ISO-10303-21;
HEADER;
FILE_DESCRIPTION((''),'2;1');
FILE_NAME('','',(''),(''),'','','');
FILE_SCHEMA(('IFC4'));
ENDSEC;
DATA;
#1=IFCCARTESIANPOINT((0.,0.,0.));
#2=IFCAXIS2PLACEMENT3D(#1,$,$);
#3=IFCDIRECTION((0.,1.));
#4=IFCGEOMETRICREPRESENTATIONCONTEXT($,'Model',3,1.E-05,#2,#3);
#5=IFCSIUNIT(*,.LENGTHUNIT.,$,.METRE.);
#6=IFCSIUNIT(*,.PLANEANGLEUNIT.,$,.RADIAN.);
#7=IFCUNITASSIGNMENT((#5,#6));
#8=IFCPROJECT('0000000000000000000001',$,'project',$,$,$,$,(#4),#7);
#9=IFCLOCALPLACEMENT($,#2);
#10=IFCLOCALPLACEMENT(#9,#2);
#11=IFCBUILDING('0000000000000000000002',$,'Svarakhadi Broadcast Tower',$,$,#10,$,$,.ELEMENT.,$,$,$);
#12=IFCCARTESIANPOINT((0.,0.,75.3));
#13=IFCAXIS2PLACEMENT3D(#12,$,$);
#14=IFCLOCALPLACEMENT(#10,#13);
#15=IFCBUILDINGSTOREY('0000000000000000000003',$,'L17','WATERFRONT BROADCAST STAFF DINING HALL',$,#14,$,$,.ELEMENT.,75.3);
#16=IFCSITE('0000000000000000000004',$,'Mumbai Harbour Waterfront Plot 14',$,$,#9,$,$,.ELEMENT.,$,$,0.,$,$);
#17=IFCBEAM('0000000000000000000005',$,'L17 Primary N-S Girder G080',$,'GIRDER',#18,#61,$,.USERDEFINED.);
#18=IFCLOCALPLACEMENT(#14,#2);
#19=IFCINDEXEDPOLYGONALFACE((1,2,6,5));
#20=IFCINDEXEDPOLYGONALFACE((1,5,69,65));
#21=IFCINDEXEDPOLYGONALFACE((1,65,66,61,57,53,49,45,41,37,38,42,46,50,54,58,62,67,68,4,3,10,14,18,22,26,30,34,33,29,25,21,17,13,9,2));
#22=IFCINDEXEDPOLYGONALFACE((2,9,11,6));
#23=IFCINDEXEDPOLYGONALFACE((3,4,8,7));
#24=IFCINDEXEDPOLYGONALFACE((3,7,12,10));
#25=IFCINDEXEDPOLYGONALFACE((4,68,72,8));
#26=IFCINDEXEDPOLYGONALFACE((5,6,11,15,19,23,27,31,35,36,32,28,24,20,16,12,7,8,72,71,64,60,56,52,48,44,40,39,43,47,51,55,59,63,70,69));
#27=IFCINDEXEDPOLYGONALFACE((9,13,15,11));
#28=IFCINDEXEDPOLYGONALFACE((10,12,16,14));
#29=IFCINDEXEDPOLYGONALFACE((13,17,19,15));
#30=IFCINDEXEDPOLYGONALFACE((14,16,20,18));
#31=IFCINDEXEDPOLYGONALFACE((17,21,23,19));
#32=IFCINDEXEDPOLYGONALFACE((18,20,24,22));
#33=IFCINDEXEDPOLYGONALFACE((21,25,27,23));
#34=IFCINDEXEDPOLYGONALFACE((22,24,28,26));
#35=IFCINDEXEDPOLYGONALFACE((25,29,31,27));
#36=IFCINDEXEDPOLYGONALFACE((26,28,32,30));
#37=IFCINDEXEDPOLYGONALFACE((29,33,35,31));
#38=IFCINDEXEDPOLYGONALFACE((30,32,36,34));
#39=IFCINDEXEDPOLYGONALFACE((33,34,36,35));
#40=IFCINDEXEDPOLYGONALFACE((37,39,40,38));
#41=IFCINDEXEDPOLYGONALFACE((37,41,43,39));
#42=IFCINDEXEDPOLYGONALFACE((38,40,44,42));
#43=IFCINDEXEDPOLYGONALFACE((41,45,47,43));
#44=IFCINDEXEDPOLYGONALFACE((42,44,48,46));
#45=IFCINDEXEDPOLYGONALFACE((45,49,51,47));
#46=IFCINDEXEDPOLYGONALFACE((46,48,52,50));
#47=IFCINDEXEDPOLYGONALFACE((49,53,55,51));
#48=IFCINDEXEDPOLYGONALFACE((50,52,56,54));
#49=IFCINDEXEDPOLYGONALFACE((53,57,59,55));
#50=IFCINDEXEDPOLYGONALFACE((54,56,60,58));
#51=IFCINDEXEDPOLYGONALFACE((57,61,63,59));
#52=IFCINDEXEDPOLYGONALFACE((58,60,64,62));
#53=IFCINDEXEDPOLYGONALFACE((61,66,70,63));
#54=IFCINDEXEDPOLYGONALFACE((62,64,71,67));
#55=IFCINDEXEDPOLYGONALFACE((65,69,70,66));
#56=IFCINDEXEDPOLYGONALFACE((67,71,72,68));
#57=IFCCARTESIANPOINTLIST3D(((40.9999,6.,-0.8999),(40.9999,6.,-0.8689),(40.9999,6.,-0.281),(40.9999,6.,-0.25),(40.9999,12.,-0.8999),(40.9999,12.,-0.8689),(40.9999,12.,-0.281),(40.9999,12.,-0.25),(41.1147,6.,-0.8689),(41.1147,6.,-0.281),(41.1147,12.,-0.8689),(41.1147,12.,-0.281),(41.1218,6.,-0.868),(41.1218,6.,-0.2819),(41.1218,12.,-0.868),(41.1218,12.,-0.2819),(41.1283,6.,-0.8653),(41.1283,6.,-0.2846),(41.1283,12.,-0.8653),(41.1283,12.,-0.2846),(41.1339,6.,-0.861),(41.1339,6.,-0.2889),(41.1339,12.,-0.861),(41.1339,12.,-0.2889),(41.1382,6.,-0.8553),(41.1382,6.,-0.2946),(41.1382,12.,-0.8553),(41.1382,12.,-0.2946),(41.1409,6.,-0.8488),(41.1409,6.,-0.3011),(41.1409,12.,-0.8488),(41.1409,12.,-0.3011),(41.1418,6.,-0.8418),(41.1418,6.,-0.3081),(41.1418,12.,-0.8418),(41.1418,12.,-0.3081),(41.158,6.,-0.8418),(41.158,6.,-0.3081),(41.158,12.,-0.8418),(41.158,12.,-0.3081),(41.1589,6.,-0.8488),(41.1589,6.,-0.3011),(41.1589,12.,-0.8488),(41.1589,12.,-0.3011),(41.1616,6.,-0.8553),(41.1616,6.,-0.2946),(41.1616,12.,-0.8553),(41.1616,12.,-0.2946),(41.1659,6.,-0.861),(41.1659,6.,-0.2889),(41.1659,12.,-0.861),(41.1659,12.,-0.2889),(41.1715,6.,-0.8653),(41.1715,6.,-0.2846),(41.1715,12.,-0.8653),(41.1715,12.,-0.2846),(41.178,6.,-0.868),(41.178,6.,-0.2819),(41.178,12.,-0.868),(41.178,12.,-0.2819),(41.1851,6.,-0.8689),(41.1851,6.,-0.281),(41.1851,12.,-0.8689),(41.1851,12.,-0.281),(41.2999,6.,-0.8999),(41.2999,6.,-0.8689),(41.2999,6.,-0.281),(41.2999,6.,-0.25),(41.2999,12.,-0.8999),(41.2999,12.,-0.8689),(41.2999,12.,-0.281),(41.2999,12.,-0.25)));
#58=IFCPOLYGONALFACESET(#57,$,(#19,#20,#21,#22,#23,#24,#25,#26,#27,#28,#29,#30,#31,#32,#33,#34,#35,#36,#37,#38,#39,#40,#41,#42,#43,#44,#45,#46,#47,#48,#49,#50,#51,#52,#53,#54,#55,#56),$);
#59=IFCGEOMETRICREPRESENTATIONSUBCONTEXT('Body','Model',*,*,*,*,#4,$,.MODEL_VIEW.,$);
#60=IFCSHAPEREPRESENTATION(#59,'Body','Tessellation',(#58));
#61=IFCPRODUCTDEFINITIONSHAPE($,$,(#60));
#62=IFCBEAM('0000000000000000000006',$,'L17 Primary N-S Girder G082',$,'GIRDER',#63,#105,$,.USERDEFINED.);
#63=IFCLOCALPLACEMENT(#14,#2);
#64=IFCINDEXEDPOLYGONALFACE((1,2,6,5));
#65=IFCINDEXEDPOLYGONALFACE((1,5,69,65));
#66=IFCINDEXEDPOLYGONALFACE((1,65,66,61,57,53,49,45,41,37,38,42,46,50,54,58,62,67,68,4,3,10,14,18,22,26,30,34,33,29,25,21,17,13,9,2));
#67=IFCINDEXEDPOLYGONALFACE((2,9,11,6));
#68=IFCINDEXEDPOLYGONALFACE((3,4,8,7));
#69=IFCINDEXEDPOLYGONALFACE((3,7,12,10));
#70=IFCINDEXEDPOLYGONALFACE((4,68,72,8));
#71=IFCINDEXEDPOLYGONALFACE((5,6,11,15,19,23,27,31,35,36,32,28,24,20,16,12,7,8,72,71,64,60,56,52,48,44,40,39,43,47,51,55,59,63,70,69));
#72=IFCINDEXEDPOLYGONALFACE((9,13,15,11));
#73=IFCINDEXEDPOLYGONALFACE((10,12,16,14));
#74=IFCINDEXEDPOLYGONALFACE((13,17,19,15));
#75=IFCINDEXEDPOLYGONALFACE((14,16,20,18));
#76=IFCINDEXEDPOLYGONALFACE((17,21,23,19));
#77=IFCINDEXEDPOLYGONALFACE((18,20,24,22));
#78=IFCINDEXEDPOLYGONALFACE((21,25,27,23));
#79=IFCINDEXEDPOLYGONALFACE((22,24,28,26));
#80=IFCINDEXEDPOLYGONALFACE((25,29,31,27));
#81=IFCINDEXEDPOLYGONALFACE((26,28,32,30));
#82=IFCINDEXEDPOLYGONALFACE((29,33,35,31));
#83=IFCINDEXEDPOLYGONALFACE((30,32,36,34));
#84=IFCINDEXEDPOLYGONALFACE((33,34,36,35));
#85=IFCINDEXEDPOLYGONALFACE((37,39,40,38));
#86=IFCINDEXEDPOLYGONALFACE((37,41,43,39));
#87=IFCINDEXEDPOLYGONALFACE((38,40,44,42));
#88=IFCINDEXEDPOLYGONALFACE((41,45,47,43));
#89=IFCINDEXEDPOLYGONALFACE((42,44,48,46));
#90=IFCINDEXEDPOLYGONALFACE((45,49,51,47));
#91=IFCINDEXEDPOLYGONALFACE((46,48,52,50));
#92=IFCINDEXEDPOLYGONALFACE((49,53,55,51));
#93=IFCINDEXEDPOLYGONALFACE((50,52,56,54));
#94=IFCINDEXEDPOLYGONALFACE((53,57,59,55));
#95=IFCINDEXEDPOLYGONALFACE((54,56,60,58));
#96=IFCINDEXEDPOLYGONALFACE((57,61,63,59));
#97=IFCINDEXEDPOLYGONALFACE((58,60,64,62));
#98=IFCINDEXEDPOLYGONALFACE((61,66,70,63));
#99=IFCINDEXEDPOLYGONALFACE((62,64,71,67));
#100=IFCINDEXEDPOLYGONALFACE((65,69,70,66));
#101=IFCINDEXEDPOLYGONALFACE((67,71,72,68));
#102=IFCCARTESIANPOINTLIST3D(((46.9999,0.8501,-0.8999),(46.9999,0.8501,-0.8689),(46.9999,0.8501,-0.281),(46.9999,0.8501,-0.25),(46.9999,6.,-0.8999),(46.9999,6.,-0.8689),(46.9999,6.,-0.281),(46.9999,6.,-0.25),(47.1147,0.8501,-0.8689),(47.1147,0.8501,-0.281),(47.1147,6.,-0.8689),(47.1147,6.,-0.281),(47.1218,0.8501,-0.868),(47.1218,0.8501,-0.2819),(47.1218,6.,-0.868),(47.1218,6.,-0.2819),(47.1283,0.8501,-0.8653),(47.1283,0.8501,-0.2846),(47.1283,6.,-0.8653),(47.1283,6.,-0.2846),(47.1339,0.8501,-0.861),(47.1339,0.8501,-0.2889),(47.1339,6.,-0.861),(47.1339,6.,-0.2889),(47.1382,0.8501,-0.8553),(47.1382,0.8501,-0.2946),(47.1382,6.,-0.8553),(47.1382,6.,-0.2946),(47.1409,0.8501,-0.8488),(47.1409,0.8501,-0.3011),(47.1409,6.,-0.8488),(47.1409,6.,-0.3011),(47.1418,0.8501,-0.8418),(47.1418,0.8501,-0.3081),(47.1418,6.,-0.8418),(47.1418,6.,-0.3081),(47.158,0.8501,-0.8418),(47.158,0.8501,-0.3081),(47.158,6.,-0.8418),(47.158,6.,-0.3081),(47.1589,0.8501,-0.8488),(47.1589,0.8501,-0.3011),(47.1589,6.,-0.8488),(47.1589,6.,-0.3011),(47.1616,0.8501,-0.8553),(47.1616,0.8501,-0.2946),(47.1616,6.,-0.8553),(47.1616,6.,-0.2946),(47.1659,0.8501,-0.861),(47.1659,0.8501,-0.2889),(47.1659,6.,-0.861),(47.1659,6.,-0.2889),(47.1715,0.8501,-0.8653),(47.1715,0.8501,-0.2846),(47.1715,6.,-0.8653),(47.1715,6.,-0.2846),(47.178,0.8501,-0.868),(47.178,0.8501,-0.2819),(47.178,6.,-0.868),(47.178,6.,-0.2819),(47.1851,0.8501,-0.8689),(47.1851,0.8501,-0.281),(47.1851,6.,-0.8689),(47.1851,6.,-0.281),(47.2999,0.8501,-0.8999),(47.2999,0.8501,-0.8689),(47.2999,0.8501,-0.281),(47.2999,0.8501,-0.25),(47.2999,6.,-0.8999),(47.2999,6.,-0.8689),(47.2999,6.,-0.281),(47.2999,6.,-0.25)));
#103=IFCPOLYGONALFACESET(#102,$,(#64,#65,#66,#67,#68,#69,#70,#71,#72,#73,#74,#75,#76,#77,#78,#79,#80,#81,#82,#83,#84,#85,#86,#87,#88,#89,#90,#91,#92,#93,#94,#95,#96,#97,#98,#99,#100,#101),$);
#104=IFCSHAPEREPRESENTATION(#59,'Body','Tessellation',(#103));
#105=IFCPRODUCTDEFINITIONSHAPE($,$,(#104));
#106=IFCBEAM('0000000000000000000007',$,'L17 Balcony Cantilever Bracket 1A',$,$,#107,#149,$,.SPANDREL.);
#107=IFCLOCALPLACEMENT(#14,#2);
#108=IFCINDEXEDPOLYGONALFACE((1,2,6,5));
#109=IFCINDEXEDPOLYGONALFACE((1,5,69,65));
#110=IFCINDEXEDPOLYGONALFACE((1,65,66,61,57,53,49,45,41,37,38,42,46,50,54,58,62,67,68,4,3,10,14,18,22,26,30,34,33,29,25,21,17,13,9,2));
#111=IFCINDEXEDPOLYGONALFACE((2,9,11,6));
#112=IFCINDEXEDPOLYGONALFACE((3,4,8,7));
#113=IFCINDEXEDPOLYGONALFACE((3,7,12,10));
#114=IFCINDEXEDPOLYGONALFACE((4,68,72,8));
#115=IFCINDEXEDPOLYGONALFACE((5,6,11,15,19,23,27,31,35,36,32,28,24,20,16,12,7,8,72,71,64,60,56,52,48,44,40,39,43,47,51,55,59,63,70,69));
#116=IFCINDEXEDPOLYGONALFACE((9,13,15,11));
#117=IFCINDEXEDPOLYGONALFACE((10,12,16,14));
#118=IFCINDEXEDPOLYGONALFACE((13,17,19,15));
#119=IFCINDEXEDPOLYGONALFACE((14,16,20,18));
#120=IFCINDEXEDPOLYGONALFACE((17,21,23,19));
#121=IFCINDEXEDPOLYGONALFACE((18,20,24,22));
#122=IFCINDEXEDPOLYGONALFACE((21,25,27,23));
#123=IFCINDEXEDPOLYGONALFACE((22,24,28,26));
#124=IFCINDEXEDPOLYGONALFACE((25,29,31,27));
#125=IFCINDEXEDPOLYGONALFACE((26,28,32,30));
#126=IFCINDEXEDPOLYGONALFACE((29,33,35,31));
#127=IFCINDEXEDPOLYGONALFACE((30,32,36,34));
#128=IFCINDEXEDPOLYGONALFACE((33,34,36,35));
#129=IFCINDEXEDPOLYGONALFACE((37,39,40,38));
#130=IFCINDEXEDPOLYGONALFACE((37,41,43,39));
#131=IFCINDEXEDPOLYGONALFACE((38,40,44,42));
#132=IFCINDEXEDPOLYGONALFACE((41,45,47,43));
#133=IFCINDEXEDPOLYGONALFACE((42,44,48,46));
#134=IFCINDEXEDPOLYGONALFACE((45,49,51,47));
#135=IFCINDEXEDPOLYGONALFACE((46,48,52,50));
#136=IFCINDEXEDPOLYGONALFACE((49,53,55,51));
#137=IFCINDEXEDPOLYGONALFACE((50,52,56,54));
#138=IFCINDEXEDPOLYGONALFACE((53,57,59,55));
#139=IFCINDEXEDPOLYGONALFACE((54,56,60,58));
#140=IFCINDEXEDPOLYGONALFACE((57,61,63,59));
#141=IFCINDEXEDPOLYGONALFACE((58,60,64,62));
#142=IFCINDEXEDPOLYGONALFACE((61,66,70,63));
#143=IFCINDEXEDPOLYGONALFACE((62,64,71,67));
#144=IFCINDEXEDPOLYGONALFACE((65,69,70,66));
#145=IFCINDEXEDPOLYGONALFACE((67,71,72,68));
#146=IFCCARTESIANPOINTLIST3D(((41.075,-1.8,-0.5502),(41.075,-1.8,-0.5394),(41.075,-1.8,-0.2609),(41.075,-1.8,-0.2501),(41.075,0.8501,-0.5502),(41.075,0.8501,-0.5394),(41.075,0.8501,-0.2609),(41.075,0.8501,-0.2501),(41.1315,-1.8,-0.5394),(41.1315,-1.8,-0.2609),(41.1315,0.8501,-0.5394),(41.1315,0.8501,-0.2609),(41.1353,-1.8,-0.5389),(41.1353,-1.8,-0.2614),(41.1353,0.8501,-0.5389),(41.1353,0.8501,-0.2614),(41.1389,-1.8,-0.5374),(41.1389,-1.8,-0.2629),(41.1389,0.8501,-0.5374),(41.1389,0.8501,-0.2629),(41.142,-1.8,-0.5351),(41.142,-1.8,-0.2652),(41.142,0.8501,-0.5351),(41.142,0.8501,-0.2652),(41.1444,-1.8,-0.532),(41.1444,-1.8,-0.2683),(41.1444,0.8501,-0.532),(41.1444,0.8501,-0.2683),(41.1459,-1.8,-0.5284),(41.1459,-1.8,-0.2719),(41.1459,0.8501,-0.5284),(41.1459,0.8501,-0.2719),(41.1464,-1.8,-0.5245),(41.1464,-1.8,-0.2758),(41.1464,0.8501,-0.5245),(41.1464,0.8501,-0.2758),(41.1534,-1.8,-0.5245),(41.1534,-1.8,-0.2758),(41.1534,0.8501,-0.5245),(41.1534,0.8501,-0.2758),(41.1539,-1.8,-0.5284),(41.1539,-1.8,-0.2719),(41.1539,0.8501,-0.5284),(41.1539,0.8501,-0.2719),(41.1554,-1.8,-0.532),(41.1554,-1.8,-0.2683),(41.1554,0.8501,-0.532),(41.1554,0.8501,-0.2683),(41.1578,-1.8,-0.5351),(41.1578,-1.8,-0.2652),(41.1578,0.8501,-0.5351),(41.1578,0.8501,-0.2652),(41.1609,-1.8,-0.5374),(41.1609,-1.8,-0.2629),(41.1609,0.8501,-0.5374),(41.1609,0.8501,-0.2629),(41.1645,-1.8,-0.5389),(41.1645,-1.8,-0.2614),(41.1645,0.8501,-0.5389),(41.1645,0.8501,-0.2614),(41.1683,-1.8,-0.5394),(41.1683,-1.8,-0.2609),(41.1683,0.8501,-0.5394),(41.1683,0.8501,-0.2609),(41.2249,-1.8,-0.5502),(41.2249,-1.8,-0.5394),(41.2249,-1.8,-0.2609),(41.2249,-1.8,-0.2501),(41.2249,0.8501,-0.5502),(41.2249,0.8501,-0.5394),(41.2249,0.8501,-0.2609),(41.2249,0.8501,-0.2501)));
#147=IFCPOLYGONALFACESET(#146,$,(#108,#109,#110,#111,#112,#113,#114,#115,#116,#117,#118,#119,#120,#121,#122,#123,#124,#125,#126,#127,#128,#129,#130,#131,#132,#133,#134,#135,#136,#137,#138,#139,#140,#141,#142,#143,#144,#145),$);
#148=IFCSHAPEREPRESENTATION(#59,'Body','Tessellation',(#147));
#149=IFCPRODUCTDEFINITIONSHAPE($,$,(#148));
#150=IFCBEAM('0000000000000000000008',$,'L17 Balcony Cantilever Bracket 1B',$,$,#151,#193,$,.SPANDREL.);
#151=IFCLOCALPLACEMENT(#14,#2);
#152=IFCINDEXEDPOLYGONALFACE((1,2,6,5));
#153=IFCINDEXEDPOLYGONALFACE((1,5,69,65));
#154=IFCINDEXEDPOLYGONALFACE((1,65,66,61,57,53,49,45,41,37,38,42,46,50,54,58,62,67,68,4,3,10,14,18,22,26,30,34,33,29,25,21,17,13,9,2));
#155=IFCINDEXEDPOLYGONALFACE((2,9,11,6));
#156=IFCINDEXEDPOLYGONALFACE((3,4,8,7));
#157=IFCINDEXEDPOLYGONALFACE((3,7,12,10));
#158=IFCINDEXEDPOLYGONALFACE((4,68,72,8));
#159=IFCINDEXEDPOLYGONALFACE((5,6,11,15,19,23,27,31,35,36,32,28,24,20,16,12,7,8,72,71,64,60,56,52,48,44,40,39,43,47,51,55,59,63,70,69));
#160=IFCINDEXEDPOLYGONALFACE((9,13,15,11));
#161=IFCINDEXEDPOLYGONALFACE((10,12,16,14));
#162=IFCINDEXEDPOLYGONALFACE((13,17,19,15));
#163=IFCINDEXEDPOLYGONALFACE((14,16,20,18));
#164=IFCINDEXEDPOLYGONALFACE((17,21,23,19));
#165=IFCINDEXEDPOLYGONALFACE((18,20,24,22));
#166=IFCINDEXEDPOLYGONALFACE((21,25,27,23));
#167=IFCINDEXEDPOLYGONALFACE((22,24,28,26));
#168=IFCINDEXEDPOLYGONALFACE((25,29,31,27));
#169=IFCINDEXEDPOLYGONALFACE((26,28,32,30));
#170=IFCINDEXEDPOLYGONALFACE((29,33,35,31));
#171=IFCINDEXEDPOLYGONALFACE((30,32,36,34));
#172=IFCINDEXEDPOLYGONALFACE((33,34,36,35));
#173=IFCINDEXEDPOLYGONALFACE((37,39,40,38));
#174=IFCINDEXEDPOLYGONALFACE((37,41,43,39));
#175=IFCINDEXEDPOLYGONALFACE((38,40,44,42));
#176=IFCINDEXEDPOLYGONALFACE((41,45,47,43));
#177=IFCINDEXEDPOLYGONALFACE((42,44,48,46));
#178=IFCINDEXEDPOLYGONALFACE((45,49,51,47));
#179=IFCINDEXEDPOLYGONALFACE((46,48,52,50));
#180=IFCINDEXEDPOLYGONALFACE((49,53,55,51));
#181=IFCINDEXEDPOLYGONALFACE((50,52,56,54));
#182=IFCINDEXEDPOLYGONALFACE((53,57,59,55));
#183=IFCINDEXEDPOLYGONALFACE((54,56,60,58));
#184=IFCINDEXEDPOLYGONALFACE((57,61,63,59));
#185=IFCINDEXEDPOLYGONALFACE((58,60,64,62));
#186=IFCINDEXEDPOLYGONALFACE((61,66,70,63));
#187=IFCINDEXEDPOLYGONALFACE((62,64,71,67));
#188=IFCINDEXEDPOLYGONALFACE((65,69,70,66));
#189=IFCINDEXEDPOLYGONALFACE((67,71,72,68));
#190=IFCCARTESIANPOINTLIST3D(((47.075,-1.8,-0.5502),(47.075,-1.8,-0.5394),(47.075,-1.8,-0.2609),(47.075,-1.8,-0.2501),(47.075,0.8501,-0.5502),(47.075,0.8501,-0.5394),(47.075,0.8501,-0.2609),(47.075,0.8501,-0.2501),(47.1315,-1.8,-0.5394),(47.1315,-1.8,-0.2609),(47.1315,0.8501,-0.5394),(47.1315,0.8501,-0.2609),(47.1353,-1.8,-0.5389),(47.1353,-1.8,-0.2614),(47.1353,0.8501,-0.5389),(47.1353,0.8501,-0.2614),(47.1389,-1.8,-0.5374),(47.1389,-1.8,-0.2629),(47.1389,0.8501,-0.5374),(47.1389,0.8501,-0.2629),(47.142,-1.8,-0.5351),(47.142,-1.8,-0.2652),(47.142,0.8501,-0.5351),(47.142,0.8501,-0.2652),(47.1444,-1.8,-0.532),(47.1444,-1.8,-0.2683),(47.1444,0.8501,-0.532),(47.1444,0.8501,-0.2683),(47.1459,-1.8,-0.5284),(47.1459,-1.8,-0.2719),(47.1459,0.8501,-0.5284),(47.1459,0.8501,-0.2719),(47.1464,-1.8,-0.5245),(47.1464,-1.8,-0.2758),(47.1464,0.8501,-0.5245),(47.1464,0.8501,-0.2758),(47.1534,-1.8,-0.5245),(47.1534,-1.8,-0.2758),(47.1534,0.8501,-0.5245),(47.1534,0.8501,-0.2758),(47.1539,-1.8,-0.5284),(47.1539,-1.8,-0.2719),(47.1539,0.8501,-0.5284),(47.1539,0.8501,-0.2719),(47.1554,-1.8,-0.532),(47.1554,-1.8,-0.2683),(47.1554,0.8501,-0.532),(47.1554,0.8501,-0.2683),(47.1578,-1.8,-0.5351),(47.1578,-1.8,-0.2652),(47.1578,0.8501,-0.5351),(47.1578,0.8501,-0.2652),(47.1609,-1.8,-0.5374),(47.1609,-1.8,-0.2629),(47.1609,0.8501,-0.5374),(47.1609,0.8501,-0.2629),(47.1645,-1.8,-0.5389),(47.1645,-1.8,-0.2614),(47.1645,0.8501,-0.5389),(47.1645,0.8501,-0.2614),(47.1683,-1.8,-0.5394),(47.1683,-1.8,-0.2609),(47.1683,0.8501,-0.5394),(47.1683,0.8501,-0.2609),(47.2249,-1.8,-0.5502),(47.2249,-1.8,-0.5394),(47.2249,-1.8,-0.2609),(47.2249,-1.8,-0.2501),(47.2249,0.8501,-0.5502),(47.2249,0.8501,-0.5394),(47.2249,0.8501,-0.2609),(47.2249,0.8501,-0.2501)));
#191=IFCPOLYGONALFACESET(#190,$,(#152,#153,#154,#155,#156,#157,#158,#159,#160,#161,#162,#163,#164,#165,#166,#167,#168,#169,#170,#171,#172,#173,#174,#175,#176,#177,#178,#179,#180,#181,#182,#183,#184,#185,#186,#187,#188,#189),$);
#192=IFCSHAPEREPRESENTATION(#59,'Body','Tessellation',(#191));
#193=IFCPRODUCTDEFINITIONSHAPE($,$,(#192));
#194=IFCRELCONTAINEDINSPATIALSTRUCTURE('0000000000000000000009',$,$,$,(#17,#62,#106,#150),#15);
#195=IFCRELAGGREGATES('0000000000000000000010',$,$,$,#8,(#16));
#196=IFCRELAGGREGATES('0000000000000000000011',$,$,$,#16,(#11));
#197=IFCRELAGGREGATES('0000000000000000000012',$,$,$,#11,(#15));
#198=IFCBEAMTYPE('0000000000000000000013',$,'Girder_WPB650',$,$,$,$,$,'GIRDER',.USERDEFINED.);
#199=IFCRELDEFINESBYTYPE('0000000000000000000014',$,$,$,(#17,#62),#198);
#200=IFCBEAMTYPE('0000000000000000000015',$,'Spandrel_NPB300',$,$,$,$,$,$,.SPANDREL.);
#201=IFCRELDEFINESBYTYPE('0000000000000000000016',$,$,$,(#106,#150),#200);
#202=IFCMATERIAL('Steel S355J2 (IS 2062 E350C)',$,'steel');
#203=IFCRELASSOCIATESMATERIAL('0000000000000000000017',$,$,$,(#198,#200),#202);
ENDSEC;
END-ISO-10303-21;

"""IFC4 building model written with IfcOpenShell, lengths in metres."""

from ifc_helpers import new_model, si_unit, direction, frame, origin, origin_2d, place, context, subcontext, project, spatial, i_section, extrude, material, material_profile, profile_set, type_object, element, save


model = new_model("IFC4")

# Units and contexts
model_context = context("Model", 3, precision=1e-05, world=origin(), true_north=direction((0.0, 1.0)))
body_context = subcontext(model_context, "Body", "Model", "MODEL_VIEW")
ifc_project = project(units=[si_unit("LENGTHUNIT", "METRE"), si_unit("PLANEANGLEUNIT", "RADIAN")], contexts=[model_context])

# Site, building, storey
site_placement = place(None, origin())
site = spatial("IfcSite", under=ifc_project, at=site_placement, Name="Mumbai Harbour Waterfront Plot 14", CompositionType="ELEMENT", RefElevation=0.0)
building_placement = place(site_placement, origin())
building = spatial("IfcBuilding", under=site, at=building_placement, Name="Svarakhadi Broadcast Tower", CompositionType="ELEMENT")
storey_placement = place(building_placement, frame((0.0, 0.0, 75.3)))
storey = spatial("IfcBuildingStorey", under=building, at=storey_placement, Name="L17", Description="WATERFRONT BROADCAST STAFF DINING HALL", CompositionType="ELEMENT", Elevation=75.3)

# Beams
ifc_material_1 = material(Name="Steel S355J2 (IS 2062 E350C)", Category="steel")
ifc_material_profile_1 = material_profile(ifc_material_1, i_section(OverallWidth=0.3, OverallDepth=0.6499, WebThickness=0.0161, FlangeThickness=0.031, FilletRadius=0.0271, at=origin_2d()), Name="WPB 650x300x225")
ifc_profile_set_1 = profile_set([ifc_material_profile_1], Name="Steel S355J2 (IS 2062 E350C)")
beam_type_1 = type_object("IfcBeamType", Name="Girder_WPB650", ElementType="GIRDER", PredefinedType="USERDEFINED", material=ifc_profile_set_1)
beam_1_placement = place(storey_placement, frame((41.1499, 6.0, -0.575), z_axis=(0.0, 1.0, 0.0), x_axis=(-1.0, 0.0, 0.0)))
element("IfcBeam", 1, at=beam_1_placement, inside=storey, type_object=beam_type_1, Name="L17 Primary N-S Girder G080", ObjectType="GIRDER", PredefinedType="USERDEFINED", context=body_context, shape_type="SweptSolid", body=[
    extrude(i_section(OverallWidth=0.3, OverallDepth=0.6499, WebThickness=0.0161, FlangeThickness=0.031, FilletRadius=0.0271, at=origin_2d()), origin(), (0.0, 0.0, 1.0), 6.0),
])
beam_2_placement = place(storey_placement, frame((47.1499, 0.8501, -0.575), z_axis=(0.0, 1.0, 0.0), x_axis=(-1.0, 0.0, 0.0)))
element("IfcBeam", 2, at=beam_2_placement, inside=storey, type_object=beam_type_1, Name="L17 Primary N-S Girder G082", ObjectType="GIRDER", PredefinedType="USERDEFINED", context=body_context, shape_type="SweptSolid", body=[
    extrude(i_section(OverallWidth=0.3, OverallDepth=0.6499, WebThickness=0.0161, FlangeThickness=0.031, FilletRadius=0.0271, at=origin_2d()), origin(), (0.0, 0.0, 1.0), 5.1499),
])
ifc_material_profile_2 = material_profile(ifc_material_1, i_section(OverallWidth=0.1499, OverallDepth=0.3, WebThickness=0.0071, FlangeThickness=0.0107, FilletRadius=0.0149, at=origin_2d()), Name="NPB 300x150x37")
ifc_profile_set_2 = profile_set([ifc_material_profile_2], Name="Steel S355J2 (IS 2062 E350C)")
beam_type_2 = type_object("IfcBeamType", Name="Spandrel_NPB300", PredefinedType="SPANDREL", material=ifc_profile_set_2)
for number, where, z_axis, x_axis, name in (
    (3, (41.1499, 0.8501, -0.4001), (0.0, -1.0, 0.0), (1.0, 0.0, 0.0), "L17 Balcony Cantilever Bracket 1A"),
    (4, (47.1499, 0.8501, -0.4001), (0.0, -1.0, 0.0), (1.0, 0.0, 0.0), "L17 Balcony Cantilever Bracket 1B"),
):
    element("IfcBeam", number, at=place(storey_placement, frame(where, z_axis=z_axis, x_axis=x_axis)), inside=storey, type_object=beam_type_2, Name=name, PredefinedType="SPANDREL", context=body_context, shape_type="SweptSolid", body=[
        extrude(i_section(OverallWidth=0.1499, OverallDepth=0.3, WebThickness=0.0071, FlangeThickness=0.0107, FilletRadius=0.0149, at=origin_2d()), origin(), (0.0, 0.0, 1.0), 2.6501),
    ])

save(model, "model.ifc")
